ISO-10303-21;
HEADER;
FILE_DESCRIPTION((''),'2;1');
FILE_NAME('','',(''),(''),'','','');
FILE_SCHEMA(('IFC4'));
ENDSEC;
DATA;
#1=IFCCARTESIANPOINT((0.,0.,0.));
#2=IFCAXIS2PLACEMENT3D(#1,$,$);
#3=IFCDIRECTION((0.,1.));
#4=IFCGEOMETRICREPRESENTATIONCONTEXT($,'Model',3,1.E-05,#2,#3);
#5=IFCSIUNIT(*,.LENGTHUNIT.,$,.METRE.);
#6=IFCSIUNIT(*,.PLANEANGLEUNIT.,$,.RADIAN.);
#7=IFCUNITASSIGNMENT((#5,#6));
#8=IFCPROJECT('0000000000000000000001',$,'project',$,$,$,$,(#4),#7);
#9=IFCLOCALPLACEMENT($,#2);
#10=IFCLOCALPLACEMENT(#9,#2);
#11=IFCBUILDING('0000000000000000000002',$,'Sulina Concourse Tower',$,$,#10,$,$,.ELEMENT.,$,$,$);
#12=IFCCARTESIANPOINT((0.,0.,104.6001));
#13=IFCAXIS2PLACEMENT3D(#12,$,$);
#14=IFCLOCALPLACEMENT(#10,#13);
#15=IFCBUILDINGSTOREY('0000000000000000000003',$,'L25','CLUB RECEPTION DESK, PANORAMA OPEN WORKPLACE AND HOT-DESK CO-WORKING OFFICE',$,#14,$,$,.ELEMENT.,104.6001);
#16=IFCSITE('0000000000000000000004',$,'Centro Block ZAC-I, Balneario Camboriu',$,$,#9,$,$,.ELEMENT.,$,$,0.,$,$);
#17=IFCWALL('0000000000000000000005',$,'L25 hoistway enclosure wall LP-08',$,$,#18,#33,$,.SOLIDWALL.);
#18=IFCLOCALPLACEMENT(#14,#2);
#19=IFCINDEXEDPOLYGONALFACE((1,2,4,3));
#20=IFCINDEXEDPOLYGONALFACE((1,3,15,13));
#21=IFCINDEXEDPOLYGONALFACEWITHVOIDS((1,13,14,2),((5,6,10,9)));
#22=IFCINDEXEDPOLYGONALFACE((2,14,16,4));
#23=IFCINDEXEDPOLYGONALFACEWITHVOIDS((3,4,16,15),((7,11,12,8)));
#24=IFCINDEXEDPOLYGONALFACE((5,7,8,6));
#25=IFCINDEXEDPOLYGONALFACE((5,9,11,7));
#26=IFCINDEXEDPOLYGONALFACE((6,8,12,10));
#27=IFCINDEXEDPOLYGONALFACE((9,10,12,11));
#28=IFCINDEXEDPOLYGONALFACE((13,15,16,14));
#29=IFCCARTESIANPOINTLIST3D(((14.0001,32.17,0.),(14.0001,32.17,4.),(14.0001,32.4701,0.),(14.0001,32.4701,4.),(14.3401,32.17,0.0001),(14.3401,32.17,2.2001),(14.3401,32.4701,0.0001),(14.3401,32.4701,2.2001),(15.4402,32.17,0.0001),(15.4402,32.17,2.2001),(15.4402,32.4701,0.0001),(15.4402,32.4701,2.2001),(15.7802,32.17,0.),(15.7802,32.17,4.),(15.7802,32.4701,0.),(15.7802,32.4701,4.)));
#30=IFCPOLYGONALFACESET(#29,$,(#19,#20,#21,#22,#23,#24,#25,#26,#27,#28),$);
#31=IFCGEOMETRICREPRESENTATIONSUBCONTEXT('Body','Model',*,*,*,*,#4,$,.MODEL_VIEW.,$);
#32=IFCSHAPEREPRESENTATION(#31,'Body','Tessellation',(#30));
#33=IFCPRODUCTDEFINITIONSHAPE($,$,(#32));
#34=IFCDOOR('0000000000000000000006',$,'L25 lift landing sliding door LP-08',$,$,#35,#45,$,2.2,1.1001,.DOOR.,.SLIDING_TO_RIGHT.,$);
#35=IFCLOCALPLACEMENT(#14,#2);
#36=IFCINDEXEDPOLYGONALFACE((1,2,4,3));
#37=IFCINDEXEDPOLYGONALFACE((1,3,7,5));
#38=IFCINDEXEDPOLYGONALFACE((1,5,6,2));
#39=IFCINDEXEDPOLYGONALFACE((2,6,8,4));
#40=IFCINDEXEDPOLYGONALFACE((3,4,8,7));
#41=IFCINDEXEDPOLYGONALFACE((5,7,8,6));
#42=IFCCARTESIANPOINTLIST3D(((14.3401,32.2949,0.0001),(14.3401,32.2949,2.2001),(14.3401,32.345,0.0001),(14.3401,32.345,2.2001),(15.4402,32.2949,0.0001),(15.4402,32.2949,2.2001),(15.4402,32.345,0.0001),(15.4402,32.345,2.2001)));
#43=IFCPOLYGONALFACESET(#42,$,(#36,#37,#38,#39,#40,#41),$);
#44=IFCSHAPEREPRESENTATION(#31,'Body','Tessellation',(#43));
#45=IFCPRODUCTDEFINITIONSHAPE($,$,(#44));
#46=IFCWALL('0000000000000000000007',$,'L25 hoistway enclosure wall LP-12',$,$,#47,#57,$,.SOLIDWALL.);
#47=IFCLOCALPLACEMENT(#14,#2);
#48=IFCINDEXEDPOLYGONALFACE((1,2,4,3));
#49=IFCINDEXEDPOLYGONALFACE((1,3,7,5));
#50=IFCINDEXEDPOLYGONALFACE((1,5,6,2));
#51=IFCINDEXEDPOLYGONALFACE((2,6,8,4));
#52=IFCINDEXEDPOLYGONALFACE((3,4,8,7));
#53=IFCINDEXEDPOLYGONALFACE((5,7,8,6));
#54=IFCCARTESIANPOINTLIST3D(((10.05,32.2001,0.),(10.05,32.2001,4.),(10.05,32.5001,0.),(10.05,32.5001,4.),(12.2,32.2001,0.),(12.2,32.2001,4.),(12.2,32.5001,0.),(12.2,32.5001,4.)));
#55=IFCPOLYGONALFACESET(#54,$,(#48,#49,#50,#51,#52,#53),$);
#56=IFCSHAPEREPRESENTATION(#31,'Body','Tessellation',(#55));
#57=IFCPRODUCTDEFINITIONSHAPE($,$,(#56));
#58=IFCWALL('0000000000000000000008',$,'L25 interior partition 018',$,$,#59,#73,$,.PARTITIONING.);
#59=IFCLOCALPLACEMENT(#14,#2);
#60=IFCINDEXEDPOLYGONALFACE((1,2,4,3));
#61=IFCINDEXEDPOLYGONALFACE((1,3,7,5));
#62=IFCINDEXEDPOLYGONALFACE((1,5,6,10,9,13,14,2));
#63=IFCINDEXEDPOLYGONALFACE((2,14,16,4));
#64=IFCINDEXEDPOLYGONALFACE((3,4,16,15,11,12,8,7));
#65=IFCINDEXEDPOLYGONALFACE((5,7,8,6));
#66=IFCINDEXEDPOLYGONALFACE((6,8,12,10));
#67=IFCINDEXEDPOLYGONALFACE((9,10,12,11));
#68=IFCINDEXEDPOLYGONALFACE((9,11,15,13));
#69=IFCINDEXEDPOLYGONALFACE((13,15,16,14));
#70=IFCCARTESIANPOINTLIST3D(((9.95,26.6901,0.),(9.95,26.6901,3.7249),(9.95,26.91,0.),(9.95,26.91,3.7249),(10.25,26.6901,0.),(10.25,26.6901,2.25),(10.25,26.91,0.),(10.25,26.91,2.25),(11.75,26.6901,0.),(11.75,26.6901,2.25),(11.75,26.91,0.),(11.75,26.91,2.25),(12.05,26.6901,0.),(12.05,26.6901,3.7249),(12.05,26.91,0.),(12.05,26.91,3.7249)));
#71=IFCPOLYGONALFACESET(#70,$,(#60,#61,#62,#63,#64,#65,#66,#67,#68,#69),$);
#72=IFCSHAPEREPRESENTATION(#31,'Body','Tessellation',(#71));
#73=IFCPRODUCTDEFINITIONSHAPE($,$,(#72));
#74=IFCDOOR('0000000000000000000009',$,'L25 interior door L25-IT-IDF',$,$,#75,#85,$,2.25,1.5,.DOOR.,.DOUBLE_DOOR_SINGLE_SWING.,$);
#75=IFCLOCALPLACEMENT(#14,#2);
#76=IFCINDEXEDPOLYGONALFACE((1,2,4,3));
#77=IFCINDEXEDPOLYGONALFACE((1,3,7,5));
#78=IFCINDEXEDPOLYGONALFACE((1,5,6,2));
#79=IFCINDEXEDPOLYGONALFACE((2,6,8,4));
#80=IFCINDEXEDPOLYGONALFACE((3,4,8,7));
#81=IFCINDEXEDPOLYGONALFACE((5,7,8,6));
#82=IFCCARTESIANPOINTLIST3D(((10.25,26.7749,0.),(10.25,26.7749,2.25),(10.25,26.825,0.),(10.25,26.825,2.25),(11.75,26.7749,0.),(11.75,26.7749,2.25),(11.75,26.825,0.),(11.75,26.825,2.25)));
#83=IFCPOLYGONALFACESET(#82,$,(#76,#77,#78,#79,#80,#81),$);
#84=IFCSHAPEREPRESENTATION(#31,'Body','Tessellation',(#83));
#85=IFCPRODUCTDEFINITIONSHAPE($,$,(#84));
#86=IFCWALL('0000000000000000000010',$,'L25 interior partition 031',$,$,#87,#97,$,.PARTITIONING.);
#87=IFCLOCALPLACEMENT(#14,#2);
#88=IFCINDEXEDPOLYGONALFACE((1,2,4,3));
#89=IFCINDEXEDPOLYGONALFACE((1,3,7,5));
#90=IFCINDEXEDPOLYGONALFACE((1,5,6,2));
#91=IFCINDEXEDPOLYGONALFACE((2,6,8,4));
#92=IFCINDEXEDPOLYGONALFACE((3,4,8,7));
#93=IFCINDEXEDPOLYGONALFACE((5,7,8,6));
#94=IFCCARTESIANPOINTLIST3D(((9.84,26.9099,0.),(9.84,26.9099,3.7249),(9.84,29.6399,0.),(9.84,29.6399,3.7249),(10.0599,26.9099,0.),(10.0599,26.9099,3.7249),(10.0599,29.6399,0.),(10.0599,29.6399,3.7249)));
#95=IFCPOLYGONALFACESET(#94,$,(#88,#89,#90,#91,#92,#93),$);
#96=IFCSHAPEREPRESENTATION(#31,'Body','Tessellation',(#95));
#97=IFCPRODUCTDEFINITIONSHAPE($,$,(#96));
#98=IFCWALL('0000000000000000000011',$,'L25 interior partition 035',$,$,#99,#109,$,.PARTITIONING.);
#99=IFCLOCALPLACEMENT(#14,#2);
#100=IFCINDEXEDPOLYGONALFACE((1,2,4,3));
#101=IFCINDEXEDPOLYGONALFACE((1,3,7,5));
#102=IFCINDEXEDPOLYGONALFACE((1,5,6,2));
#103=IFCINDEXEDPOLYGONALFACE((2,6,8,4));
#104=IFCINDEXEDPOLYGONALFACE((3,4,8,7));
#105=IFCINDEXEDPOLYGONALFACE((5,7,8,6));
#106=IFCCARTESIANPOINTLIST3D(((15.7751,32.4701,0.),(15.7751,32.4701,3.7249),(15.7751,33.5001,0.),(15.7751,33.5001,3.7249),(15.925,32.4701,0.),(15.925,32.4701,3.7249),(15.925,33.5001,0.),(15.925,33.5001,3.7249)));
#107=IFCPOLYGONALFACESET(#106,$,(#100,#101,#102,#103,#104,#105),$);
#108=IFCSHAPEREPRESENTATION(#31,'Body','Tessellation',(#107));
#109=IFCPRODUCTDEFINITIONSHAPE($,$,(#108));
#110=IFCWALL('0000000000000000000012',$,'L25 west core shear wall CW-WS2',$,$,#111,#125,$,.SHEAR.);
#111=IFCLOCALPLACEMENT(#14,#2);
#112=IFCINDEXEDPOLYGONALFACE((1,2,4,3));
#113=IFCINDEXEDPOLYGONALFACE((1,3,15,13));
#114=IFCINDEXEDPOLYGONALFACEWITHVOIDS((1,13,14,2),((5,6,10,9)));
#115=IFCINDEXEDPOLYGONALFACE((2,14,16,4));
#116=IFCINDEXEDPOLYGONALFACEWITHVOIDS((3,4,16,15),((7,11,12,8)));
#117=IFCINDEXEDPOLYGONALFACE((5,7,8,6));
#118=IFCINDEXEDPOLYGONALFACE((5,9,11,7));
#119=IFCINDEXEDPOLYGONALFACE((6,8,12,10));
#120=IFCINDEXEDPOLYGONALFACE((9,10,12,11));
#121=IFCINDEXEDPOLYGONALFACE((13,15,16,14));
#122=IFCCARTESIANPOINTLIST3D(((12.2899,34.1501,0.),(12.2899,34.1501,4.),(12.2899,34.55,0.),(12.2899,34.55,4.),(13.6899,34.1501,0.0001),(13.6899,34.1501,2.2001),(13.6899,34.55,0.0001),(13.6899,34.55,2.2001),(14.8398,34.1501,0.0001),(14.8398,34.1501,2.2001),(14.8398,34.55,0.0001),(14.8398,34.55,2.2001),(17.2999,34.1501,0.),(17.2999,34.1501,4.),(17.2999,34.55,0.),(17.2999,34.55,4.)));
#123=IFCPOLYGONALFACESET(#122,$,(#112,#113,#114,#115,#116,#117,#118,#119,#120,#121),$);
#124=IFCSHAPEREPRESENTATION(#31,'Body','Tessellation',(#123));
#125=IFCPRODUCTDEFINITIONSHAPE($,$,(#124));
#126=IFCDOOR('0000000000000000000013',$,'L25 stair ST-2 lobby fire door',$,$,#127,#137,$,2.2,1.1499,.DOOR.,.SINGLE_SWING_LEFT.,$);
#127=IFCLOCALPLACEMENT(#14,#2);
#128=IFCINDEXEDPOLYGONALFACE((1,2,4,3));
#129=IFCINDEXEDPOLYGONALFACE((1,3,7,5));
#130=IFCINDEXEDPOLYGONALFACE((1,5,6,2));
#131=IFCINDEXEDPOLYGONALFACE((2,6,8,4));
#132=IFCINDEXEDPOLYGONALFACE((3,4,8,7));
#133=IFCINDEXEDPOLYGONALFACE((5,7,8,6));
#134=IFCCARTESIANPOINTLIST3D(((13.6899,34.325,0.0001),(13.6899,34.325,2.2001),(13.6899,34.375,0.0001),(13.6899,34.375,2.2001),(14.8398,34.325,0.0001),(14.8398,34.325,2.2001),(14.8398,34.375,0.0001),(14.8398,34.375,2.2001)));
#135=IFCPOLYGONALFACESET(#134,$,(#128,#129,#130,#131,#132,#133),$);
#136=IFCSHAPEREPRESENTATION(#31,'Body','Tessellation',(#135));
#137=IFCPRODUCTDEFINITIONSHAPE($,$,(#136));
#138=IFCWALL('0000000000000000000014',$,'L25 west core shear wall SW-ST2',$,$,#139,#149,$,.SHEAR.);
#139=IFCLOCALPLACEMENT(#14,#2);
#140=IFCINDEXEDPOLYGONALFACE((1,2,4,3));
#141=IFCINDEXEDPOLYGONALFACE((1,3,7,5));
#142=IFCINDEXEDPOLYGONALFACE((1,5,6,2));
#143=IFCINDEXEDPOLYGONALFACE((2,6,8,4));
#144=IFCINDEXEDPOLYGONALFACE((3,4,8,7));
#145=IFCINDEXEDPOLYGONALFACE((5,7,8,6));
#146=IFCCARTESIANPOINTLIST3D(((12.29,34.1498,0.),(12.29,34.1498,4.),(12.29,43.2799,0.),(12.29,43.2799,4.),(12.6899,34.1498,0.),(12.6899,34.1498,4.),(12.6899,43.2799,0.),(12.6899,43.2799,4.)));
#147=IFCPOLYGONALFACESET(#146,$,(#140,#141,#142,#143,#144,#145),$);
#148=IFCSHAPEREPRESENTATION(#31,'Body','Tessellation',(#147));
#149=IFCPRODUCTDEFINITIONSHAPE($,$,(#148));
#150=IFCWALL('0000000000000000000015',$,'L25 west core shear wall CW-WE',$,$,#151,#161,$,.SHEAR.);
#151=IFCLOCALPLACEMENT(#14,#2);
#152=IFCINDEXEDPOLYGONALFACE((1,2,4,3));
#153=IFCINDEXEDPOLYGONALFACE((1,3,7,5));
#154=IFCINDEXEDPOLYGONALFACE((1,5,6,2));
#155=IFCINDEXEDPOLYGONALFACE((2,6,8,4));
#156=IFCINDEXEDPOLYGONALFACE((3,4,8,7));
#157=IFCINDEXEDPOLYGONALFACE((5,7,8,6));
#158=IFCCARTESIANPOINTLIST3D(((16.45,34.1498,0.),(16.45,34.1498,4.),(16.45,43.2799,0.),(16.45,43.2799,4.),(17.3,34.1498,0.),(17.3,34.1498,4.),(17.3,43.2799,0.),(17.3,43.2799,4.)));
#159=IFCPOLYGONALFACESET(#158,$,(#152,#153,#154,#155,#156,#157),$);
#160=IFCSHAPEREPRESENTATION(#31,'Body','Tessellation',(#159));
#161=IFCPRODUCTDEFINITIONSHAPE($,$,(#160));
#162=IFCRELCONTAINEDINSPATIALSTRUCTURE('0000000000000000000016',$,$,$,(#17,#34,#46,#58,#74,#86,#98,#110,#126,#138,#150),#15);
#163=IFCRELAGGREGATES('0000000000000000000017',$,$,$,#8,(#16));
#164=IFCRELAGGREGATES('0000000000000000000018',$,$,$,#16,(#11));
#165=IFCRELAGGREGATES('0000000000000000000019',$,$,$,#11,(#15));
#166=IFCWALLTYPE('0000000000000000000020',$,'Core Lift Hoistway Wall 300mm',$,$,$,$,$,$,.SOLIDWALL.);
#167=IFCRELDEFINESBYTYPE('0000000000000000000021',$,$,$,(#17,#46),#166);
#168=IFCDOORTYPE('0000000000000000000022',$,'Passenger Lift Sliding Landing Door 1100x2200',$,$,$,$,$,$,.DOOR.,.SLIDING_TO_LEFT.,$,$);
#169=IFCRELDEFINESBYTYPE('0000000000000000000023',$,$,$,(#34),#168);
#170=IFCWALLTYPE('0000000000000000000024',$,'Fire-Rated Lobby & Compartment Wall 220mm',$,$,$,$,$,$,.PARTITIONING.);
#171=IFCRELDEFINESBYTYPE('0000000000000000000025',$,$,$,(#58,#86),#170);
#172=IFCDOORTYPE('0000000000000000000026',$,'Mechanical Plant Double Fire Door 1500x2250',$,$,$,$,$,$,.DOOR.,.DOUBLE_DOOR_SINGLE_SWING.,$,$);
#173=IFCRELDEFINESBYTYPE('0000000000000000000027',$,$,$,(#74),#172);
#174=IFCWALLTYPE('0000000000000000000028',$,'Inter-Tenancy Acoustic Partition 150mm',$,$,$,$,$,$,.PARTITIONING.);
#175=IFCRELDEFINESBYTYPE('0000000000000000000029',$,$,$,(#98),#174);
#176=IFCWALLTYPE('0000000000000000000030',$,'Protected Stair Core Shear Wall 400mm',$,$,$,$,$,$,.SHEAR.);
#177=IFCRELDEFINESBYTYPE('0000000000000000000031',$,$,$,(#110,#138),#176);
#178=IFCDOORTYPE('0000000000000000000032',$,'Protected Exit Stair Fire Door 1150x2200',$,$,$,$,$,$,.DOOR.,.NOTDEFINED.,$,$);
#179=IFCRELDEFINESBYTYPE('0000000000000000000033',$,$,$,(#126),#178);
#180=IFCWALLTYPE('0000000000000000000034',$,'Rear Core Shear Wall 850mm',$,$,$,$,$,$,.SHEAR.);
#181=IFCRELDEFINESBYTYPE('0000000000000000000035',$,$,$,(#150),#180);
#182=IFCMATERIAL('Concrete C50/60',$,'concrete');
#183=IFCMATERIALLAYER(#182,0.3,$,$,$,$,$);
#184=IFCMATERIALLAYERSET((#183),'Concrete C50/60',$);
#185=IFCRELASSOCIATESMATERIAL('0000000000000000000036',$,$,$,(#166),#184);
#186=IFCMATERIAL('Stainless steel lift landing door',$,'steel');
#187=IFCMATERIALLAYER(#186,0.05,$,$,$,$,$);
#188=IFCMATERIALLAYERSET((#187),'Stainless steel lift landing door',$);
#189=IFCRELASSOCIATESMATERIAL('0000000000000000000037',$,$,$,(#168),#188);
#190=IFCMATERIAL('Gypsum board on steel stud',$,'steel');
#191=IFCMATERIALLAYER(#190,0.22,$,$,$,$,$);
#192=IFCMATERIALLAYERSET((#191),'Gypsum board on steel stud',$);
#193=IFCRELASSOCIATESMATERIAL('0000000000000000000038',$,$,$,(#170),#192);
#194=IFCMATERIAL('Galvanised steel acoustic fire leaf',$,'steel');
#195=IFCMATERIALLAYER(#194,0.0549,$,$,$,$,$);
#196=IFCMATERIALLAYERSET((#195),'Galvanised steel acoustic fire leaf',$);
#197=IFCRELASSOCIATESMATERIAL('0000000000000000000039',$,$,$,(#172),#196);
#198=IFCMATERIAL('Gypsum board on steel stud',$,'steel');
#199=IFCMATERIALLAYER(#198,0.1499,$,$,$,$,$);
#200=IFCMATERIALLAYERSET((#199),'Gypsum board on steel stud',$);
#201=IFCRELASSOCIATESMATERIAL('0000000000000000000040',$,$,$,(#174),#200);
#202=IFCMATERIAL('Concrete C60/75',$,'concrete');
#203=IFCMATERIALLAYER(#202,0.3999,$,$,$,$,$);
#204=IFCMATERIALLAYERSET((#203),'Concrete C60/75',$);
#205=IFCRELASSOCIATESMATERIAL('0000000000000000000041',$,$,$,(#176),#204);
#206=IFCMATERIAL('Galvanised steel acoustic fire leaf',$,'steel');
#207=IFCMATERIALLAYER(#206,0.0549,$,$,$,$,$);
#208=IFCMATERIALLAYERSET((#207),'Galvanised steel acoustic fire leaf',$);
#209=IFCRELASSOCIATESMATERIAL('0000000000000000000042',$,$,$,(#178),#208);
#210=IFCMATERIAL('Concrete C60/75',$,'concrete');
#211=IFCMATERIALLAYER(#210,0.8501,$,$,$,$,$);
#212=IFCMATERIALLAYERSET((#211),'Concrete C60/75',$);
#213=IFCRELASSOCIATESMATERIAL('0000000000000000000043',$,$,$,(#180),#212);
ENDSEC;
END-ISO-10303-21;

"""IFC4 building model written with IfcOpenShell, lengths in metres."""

from ifc_helpers import new_model, si_unit, direction, frame, frame_2d, origin, place, context, subcontext, project, spatial, rectangle, extrude, material, layer, layer_set, type_object, element, fill, save


model = new_model("IFC4")

# Units and contexts
model_context = context("Model", 3, precision=1e-05, world=origin(), true_north=direction((0.0, 1.0)))
body_context = subcontext(model_context, "Body", "Model", "MODEL_VIEW")
ifc_project = project(units=[si_unit("LENGTHUNIT", "METRE"), si_unit("PLANEANGLEUNIT", "RADIAN")], contexts=[model_context])

# Site, building, storey
site_placement = place(None, origin())
site = spatial("IfcSite", under=ifc_project, at=site_placement, Name="Centro Block ZAC-I, Balneario Camboriu", CompositionType="ELEMENT", RefElevation=0.0)
building_placement = place(site_placement, origin())
building = spatial("IfcBuilding", under=site, at=building_placement, Name="Sulina Concourse Tower", CompositionType="ELEMENT")
storey_placement = place(building_placement, frame((0.0, 0.0, 104.6001)))
storey = spatial("IfcBuildingStorey", under=building, at=storey_placement, Name="L25", Description="CLUB RECEPTION DESK, PANORAMA OPEN WORKPLACE AND HOT-DESK CO-WORKING OFFICE", CompositionType="ELEMENT", Elevation=104.6001)

# Wall, opening, door
ifc_material_1 = material(Name="Concrete C50/60", Category="concrete")
ifc_layer_1 = layer(ifc_material_1, 0.3)
ifc_layer_set_1 = layer_set([ifc_layer_1], Name="Concrete C50/60")
wall_type_1 = type_object("IfcWallType", Name="Core Lift Hoistway Wall 300mm", PredefinedType="SOLIDWALL", material=ifc_layer_set_1)
ifc_material_2 = material(Name="Stainless steel lift landing door", Category="steel")
ifc_layer_2 = layer(ifc_material_2, 0.05)
ifc_layer_set_2 = layer_set([ifc_layer_2], Name="Stainless steel lift landing door")
door_type_1 = type_object("IfcDoorType", Name="Passenger Lift Sliding Landing Door 1100x2200", OperationType="SLIDING_TO_LEFT", PredefinedType="DOOR", material=ifc_layer_set_2)
wall_1_placement = place(storey_placement, frame((14.0, 32.3201, 0.0), z_axis=(0.0, 0.0, 1.0), x_axis=(1.0, 0.0, 0.0)))
wall_1 = element("IfcWall", 1, at=wall_1_placement, inside=storey, type_object=wall_type_1, Name="L25 hoistway enclosure wall LP-08", PredefinedType="SOLIDWALL", context=body_context, shape_type="SweptSolid", body=[
    extrude(rectangle(XDim=1.78, YDim=0.3, at=frame_2d((0.8901, 0.0))), origin(), (0.0, 0.0, 1.0), 4.0),
])
opening_1_placement = place(wall_1_placement, frame((0.3401, 0.0, 0.0)))
opening_1 = element("IfcOpeningElement", 2, at=opening_1_placement, cuts=wall_1, PredefinedType="OPENING", context=body_context, shape_type="SweptSolid", body=[
    extrude(rectangle(XDim=1.1001, YDim=2.2, at=frame_2d((0.55, 1.1001))), frame((0.0, 0.1599, 0.0), z_axis=(0.0, -1.0, 0.0), x_axis=(1.0, 0.0, 0.0)), (0.0, 0.0, 1.0), 0.3201),
])
door_1_placement = place(opening_1_placement, origin())
door_1 = element("IfcDoor", 3, at=door_1_placement, inside=storey, type_object=door_type_1, Name="L25 lift landing sliding door LP-08", OperationType="SLIDING_TO_RIGHT", OverallHeight=2.2, OverallWidth=1.1001, PredefinedType="DOOR", context=body_context, shape_type="SweptSolid", body=[
    extrude(rectangle(XDim=1.1001, YDim=2.2, at=frame_2d((0.55, 1.1001))), frame((0.0, 0.0249, 0.0), z_axis=(0.0, -1.0, 0.0), x_axis=(1.0, 0.0, 0.0)), (0.0, 0.0, 1.0), 0.05),
])
fill(opening_1, door_1)

# Wall
wall_2_placement = place(storey_placement, frame((10.05, 32.3501, 0.0), z_axis=(0.0, 0.0, 1.0), x_axis=(1.0, 0.0, 0.0)))
element("IfcWall", 4, at=wall_2_placement, inside=storey, type_object=wall_type_1, Name="L25 hoistway enclosure wall LP-12", PredefinedType="SOLIDWALL", context=body_context, shape_type="SweptSolid", body=[
    extrude(rectangle(XDim=2.1499, YDim=0.3, at=frame_2d((1.075, 0.0))), origin(), (0.0, 0.0, 1.0), 4.0),
])

# Wall, opening, door
ifc_material_3 = material(Name="Gypsum board on steel stud", Category="steel")
ifc_layer_3 = layer(ifc_material_3, 0.22)
ifc_layer_set_3 = layer_set([ifc_layer_3], Name="Gypsum board on steel stud")
wall_type_2 = type_object("IfcWallType", Name="Fire-Rated Lobby & Compartment Wall 220mm", PredefinedType="PARTITIONING", material=ifc_layer_set_3)
wall_3_placement = place(storey_placement, frame((9.95, 26.8, 0.0), z_axis=(0.0, 0.0, 1.0), x_axis=(1.0, 0.0, 0.0)))
wall_3 = element("IfcWall", 5, at=wall_3_placement, inside=storey, type_object=wall_type_2, Name="L25 interior partition 018", PredefinedType="PARTITIONING", context=body_context, shape_type="SweptSolid", body=[
    extrude(rectangle(XDim=2.1001, YDim=0.22, at=frame_2d((1.05, 0.0))), origin(), (0.0, 0.0, 1.0), 3.7249),
])
opening_2_placement = place(wall_3_placement, frame((0.3, 0.0, 0.0)))
opening_2 = element("IfcOpeningElement", 6, at=opening_2_placement, cuts=wall_3, PredefinedType="OPENING", context=body_context, shape_type="SweptSolid", body=[
    extrude(rectangle(XDim=1.5, YDim=2.25, at=frame_2d((0.75, 1.125))), frame((0.0, 0.1199, 0.0), z_axis=(0.0, -1.0, 0.0), x_axis=(1.0, 0.0, 0.0)), (0.0, 0.0, 1.0), 0.24),
])
ifc_material_4 = material(Name="Galvanised steel acoustic fire leaf", Category="steel")
ifc_layer_4 = layer(ifc_material_4, 0.0549)
ifc_layer_set_4 = layer_set([ifc_layer_4], Name="Galvanised steel acoustic fire leaf")
door_type_2 = type_object("IfcDoorType", Name="Mechanical Plant Double Fire Door 1500x2250", OperationType="DOUBLE_DOOR_SINGLE_SWING", PredefinedType="DOOR", material=ifc_layer_set_4)
door_2_placement = place(opening_2_placement, origin())
door_2 = element("IfcDoor", 7, at=door_2_placement, inside=storey, type_object=door_type_2, Name="L25 interior door L25-IT-IDF", OperationType="DOUBLE_DOOR_SINGLE_SWING", OverallHeight=2.25, OverallWidth=1.5, PredefinedType="DOOR", context=body_context, shape_type="SweptSolid", body=[
    extrude(rectangle(XDim=1.5, YDim=2.25, at=frame_2d((0.75, 1.125))), frame((0.0, 0.0249, 0.0), z_axis=(0.0, -1.0, 0.0), x_axis=(1.0, 0.0, 0.0)), (0.0, 0.0, 1.0), 0.05),
])
fill(opening_2, door_2)

# Walls
wall_4_placement = place(storey_placement, frame((9.95, 26.9099, 0.0), z_axis=(0.0, 0.0, 1.0), x_axis=(0.0, 1.0, 0.0)))
element("IfcWall", 8, at=wall_4_placement, inside=storey, type_object=wall_type_2, Name="L25 interior partition 031", PredefinedType="PARTITIONING", context=body_context, shape_type="SweptSolid", body=[
    extrude(rectangle(XDim=2.73, YDim=0.22, at=frame_2d((1.365, 0.0))), origin(), (0.0, 0.0, 1.0), 3.7249),
])
ifc_material_5 = material(Name="Gypsum board on steel stud", Category="steel")
ifc_layer_5 = layer(ifc_material_5, 0.1499)
ifc_layer_set_5 = layer_set([ifc_layer_5], Name="Gypsum board on steel stud")
wall_type_3 = type_object("IfcWallType", Name="Inter-Tenancy Acoustic Partition 150mm", PredefinedType="PARTITIONING", material=ifc_layer_set_5)
wall_5_placement = place(storey_placement, frame((15.8501, 32.47, 0.0), z_axis=(0.0, 0.0, 1.0), x_axis=(0.0, 1.0, 0.0)))
element("IfcWall", 9, at=wall_5_placement, inside=storey, type_object=wall_type_3, Name="L25 interior partition 035", PredefinedType="PARTITIONING", context=body_context, shape_type="SweptSolid", body=[
    extrude(rectangle(XDim=1.03, YDim=0.1499, at=frame_2d((0.5151, 0.0))), origin(), (0.0, 0.0, 1.0), 3.7249),
])

# Wall, opening, door
ifc_material_6 = material(Name="Concrete C60/75", Category="concrete")
ifc_layer_6 = layer(ifc_material_6, 0.3999)
ifc_layer_set_6 = layer_set([ifc_layer_6], Name="Concrete C60/75")
wall_type_4 = type_object("IfcWallType", Name="Protected Stair Core Shear Wall 400mm", PredefinedType="SHEAR", material=ifc_layer_set_6)
wall_6_placement = place(storey_placement, frame((12.29, 34.3501, 0.0), z_axis=(0.0, 0.0, 1.0), x_axis=(1.0, 0.0, 0.0)))
wall_6 = element("IfcWall", 10, at=wall_6_placement, inside=storey, type_object=wall_type_4, Name="L25 west core shear wall CW-WS2", PredefinedType="SHEAR", context=body_context, shape_type="SweptSolid", body=[
    extrude(rectangle(XDim=5.01, YDim=0.3999, at=frame_2d((2.5049, 0.0))), origin(), (0.0, 0.0, 1.0), 4.0),
])
opening_3_placement = place(wall_6_placement, frame((1.3999, 0.0, 0.0)))
opening_3 = element("IfcOpeningElement", 11, at=opening_3_placement, cuts=wall_6, PredefinedType="OPENING", context=body_context, shape_type="SweptSolid", body=[
    extrude(rectangle(XDim=1.1499, YDim=2.2, at=frame_2d((0.575, 1.1001))), frame((0.0, 0.21, 0.0), z_axis=(0.0, -1.0, 0.0), x_axis=(1.0, 0.0, 0.0)), (0.0, 0.0, 1.0), 0.4199),
])
ifc_material_7 = material(Name="Galvanised steel acoustic fire leaf", Category="steel")
ifc_layer_7 = layer(ifc_material_7, 0.0549)
ifc_layer_set_7 = layer_set([ifc_layer_7], Name="Galvanised steel acoustic fire leaf")
door_type_3 = type_object("IfcDoorType", Name="Protected Exit Stair Fire Door 1150x2200", OperationType="NOTDEFINED", PredefinedType="DOOR", material=ifc_layer_set_7)
door_3_placement = place(opening_3_placement, origin())
door_3 = element("IfcDoor", 12, at=door_3_placement, inside=storey, type_object=door_type_3, Name="L25 stair ST-2 lobby fire door", OperationType="SINGLE_SWING_LEFT", OverallHeight=2.2, OverallWidth=1.1499, PredefinedType="DOOR", context=body_context, shape_type="SweptSolid", body=[
    extrude(rectangle(XDim=1.1499, YDim=2.2, at=frame_2d((0.575, 1.1001))), frame((0.0, 0.0249, 0.0), z_axis=(0.0, -1.0, 0.0), x_axis=(1.0, 0.0, 0.0)), (0.0, 0.0, 1.0), 0.05),
])
fill(opening_3, door_3)

# Walls
wall_7_placement = place(storey_placement, frame((12.49, 34.1499, 0.0), z_axis=(0.0, 0.0, 1.0), x_axis=(0.0, 1.0, 0.0)))
element("IfcWall", 13, at=wall_7_placement, inside=storey, type_object=wall_type_4, Name="L25 west core shear wall SW-ST2", PredefinedType="SHEAR", context=body_context, shape_type="SweptSolid", body=[
    extrude(rectangle(XDim=9.1301, YDim=0.3999, at=frame_2d((4.5649, 0.0))), origin(), (0.0, 0.0, 1.0), 4.0),
])
ifc_material_8 = material(Name="Concrete C60/75", Category="concrete")
ifc_layer_8 = layer(ifc_material_8, 0.8501)
ifc_layer_set_8 = layer_set([ifc_layer_8], Name="Concrete C60/75")
wall_type_5 = type_object("IfcWallType", Name="Rear Core Shear Wall 850mm", PredefinedType="SHEAR", material=ifc_layer_set_8)
wall_8_placement = place(storey_placement, frame((16.875, 34.1499, 0.0), z_axis=(0.0, 0.0, 1.0), x_axis=(0.0, 1.0, 0.0)))
element("IfcWall", 14, at=wall_8_placement, inside=storey, type_object=wall_type_5, Name="L25 west core shear wall CW-WE", PredefinedType="SHEAR", context=body_context, shape_type="SweptSolid", body=[
    extrude(rectangle(XDim=9.1301, YDim=0.8501, at=frame_2d((4.5649, 0.0))), origin(), (0.0, 0.0, 1.0), 4.0),
])

save(model, "model.ifc")
